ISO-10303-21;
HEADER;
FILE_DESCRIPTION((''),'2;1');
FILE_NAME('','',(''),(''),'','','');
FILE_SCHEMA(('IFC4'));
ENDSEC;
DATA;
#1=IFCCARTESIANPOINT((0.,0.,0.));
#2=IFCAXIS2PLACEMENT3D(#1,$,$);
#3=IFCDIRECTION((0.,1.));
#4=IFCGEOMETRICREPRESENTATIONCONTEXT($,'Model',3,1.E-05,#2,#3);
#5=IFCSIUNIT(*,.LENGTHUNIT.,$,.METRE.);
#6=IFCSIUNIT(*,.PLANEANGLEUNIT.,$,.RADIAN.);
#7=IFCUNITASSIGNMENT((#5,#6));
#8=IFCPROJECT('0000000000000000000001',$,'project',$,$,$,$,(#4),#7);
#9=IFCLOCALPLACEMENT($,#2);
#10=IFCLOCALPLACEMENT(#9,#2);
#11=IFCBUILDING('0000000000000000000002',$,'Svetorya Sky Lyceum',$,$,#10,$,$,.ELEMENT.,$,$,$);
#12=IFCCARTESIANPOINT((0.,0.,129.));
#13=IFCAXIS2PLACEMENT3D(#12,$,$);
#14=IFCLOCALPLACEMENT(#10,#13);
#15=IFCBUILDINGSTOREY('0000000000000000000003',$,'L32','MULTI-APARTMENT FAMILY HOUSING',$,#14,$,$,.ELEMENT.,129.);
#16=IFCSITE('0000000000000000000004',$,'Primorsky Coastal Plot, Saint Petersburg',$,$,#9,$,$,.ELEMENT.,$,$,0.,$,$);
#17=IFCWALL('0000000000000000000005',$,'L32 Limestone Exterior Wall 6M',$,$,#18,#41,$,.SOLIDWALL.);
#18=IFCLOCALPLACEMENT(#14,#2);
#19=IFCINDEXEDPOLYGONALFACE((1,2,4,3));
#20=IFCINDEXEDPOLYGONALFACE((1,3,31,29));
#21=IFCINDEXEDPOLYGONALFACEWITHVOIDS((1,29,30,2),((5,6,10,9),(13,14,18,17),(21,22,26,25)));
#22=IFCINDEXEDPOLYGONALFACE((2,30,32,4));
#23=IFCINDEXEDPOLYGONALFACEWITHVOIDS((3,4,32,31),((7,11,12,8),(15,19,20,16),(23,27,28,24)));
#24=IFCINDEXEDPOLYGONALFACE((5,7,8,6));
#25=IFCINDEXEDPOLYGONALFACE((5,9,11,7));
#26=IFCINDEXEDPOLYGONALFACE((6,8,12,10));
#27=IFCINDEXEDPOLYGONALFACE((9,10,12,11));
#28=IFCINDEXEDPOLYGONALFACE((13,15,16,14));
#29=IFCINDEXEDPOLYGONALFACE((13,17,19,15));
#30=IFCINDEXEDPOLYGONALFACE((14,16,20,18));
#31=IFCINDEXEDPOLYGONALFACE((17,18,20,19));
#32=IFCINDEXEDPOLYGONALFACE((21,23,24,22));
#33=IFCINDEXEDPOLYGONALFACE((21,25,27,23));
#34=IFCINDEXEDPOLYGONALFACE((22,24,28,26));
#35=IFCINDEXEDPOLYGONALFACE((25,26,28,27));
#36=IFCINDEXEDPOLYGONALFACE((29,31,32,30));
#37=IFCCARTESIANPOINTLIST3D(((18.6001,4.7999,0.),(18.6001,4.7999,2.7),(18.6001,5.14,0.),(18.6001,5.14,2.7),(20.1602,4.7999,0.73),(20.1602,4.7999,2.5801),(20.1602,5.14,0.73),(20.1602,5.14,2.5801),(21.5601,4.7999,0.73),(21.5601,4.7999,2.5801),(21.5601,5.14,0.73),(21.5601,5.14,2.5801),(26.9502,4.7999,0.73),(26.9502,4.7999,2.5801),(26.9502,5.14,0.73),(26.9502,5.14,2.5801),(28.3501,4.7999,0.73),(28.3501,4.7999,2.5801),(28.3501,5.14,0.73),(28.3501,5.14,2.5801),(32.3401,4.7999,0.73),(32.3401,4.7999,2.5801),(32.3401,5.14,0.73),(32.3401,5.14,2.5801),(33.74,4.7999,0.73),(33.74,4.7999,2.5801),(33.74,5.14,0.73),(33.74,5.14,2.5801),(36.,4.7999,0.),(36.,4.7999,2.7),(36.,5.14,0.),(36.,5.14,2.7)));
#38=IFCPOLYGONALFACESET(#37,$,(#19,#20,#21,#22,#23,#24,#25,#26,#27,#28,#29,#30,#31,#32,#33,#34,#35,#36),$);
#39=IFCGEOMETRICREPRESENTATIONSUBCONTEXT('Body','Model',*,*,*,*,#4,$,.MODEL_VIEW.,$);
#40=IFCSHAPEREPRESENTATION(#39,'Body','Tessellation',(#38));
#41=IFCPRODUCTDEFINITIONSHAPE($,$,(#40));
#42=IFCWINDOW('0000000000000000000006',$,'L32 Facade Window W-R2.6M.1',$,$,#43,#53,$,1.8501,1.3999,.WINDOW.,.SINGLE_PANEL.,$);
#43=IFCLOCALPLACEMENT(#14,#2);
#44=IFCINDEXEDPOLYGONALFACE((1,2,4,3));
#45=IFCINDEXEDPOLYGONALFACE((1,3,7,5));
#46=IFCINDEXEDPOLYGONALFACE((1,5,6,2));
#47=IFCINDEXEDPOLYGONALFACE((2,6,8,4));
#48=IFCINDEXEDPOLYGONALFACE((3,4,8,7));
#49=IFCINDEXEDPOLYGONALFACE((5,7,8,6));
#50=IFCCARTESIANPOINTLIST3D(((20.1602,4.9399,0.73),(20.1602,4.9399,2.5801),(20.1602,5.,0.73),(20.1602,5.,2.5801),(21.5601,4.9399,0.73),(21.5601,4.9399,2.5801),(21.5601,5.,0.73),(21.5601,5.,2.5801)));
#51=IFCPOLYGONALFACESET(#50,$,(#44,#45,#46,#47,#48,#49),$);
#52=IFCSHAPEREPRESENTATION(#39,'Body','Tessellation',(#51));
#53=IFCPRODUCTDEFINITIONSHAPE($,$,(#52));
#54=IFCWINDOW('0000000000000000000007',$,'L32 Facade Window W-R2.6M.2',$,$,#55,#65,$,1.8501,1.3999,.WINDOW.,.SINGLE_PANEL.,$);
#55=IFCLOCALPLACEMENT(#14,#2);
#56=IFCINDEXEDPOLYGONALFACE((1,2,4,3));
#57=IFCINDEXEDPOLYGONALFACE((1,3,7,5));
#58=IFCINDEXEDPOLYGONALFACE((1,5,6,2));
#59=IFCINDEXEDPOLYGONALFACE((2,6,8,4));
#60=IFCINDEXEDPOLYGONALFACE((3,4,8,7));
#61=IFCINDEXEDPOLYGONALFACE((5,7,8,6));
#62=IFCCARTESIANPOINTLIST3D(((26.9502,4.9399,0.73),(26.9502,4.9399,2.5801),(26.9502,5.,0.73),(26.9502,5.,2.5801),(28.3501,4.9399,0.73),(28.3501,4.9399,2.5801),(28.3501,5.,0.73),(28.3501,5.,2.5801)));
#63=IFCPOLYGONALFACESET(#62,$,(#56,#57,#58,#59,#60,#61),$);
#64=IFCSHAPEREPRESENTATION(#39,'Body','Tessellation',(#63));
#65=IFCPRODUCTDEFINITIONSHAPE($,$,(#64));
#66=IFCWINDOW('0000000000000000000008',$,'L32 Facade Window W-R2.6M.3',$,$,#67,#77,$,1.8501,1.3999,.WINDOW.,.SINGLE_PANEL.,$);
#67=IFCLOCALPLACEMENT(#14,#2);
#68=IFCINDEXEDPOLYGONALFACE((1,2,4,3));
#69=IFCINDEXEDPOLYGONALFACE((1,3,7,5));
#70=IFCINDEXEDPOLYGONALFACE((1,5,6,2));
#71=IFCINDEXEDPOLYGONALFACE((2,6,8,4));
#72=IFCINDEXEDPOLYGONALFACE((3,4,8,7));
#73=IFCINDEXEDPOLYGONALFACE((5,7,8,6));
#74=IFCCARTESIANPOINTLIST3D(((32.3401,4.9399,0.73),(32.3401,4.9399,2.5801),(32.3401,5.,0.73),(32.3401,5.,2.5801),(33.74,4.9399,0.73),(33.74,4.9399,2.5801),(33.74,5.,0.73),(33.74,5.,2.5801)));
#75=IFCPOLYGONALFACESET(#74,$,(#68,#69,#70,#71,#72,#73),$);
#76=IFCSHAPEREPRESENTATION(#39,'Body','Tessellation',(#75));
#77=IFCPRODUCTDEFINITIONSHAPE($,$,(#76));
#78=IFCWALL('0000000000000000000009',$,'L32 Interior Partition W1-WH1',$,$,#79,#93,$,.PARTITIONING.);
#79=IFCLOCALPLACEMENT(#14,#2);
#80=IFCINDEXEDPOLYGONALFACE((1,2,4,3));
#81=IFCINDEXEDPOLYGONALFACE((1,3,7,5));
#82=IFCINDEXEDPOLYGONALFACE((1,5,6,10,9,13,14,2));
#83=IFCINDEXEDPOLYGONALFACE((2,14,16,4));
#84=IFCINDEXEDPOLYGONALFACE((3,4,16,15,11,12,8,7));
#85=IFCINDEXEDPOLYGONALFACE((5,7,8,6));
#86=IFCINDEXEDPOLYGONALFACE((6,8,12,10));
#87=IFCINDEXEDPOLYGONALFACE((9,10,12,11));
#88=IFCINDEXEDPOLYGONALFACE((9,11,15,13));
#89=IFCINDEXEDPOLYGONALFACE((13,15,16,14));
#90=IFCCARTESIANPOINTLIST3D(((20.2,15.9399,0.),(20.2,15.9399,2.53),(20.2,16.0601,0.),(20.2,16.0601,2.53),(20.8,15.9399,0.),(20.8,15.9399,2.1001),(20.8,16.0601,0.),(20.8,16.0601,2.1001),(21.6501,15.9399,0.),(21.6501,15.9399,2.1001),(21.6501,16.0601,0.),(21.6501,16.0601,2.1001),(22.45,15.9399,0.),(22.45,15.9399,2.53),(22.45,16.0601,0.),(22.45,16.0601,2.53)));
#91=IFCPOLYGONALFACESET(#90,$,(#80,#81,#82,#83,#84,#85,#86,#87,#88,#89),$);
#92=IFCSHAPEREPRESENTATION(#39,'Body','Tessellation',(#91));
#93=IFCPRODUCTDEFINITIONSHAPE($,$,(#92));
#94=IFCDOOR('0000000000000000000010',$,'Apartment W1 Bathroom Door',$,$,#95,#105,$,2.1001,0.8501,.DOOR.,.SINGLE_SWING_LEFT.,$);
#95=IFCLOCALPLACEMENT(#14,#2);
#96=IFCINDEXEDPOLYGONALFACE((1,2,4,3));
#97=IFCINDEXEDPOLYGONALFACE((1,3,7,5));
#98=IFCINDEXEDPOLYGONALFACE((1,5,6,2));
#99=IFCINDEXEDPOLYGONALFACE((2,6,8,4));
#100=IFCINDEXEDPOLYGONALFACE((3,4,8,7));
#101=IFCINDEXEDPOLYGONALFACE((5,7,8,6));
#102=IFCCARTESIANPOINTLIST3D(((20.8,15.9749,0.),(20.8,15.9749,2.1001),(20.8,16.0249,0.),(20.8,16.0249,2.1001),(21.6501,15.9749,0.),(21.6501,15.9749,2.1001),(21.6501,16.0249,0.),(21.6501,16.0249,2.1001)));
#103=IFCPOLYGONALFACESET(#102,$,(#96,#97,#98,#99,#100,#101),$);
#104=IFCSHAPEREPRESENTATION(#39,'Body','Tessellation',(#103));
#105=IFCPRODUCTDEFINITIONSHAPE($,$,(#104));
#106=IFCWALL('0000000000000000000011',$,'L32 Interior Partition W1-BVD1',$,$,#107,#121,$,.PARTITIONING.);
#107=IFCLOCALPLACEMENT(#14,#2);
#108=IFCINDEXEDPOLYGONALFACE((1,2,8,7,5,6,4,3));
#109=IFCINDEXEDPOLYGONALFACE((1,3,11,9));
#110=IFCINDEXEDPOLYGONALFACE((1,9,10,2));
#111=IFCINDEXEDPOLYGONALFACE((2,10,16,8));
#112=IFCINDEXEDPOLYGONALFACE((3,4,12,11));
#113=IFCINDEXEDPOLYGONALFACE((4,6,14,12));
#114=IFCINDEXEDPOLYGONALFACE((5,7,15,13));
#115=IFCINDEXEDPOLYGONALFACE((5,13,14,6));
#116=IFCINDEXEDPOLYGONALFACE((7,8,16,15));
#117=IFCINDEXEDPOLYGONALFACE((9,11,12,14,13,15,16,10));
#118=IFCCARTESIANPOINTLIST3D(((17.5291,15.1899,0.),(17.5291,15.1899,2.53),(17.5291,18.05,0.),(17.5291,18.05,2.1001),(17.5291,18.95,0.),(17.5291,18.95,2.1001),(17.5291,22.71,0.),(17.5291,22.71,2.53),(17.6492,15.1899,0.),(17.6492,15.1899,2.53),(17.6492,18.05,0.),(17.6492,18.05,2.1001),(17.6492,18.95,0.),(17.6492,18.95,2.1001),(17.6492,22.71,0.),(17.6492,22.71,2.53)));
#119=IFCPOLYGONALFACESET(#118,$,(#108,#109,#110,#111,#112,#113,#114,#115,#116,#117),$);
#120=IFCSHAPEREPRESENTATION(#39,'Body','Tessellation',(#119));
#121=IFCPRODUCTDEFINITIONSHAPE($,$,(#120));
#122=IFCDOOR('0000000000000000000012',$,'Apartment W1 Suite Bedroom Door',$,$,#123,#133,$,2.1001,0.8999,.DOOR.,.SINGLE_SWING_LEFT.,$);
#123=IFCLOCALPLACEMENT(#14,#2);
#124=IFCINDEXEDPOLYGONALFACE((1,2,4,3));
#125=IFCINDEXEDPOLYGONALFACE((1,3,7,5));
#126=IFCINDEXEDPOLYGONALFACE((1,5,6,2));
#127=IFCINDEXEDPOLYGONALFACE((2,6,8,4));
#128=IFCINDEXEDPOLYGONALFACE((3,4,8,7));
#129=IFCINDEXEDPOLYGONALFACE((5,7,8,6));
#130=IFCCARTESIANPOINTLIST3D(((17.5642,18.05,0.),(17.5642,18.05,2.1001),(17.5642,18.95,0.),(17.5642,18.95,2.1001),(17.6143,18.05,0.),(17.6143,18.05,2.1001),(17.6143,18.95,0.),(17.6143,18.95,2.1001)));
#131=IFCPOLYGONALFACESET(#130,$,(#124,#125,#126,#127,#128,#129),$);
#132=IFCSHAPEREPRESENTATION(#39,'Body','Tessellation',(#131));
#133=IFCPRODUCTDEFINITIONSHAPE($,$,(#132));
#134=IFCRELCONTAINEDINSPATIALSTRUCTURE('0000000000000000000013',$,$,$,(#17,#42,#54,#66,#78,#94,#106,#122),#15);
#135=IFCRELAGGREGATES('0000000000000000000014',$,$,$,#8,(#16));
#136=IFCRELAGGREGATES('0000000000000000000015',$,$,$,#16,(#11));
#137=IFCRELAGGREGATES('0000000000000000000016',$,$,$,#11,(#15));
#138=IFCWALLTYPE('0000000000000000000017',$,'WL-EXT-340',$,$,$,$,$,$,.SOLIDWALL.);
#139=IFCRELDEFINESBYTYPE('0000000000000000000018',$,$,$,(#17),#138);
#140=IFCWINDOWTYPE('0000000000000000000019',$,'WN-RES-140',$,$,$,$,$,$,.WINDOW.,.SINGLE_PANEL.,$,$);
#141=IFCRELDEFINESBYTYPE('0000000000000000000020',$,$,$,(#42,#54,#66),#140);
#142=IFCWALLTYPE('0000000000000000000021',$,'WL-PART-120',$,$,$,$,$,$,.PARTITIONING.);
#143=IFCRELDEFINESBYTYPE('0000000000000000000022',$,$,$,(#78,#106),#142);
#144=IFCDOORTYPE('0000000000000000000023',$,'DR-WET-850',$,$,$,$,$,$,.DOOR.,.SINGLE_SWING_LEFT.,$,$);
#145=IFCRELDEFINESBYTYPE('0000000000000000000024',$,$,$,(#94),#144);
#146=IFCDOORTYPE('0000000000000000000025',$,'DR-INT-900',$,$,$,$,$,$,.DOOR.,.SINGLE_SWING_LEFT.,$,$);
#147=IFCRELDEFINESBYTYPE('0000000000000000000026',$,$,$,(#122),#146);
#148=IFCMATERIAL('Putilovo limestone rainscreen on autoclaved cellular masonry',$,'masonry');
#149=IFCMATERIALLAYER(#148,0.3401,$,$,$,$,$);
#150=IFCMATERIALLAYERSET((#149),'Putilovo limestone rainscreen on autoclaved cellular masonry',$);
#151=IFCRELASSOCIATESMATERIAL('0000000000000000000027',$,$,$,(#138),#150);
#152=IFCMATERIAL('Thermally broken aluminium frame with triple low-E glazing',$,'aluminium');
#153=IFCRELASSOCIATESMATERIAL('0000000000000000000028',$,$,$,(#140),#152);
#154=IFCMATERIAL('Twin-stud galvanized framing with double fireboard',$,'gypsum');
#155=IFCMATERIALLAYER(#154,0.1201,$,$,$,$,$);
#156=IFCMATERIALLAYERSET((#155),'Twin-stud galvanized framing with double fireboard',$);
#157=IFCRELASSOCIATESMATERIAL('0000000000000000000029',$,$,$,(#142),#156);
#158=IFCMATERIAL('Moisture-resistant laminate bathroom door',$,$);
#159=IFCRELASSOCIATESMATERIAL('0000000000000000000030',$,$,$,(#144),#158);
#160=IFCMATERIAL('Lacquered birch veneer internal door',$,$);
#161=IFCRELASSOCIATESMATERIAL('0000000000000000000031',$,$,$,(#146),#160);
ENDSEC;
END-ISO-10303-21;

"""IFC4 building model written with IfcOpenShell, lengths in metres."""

from ifc_helpers import new_model, si_unit, direction, frame, frame_2d, origin, place, context, subcontext, project, spatial, rectangle, extrude, material, layer, layer_set, type_object, element, fill, save


model = new_model("IFC4")

# Units and contexts
model_context = context("Model", 3, precision=1e-05, world=origin(), true_north=direction((0.0, 1.0)))
body_context = subcontext(model_context, "Body", "Model", "MODEL_VIEW")
ifc_project = project(units=[si_unit("LENGTHUNIT", "METRE"), si_unit("PLANEANGLEUNIT", "RADIAN")], contexts=[model_context])

# Site, building, storey
site_placement = place(None, origin())
site = spatial("IfcSite", under=ifc_project, at=site_placement, Name="Primorsky Coastal Plot, Saint Petersburg", CompositionType="ELEMENT", RefElevation=0.0)
building_placement = place(site_placement, origin())
building = spatial("IfcBuilding", under=site, at=building_placement, Name="Svetorya Sky Lyceum", CompositionType="ELEMENT")
storey_placement = place(building_placement, frame((0.0, 0.0, 129.0)))
storey = spatial("IfcBuildingStorey", under=building, at=storey_placement, Name="L32", Description="MULTI-APARTMENT FAMILY HOUSING", CompositionType="ELEMENT", Elevation=129.0)

# Shared definitions
ifc_material_1 = material(Name="Putilovo limestone rainscreen on autoclaved cellular masonry", Category="masonry")
ifc_layer_1 = layer(ifc_material_1, 0.3401)
ifc_layer_set_1 = layer_set([ifc_layer_1], Name="Putilovo limestone rainscreen on autoclaved cellular masonry")
wall_type_1 = type_object("IfcWallType", Name="WL-EXT-340", PredefinedType="SOLIDWALL", material=ifc_layer_set_1)

# Wall, openings, windows
wall_1_placement = place(storey_placement, frame((18.6001, 4.97, 0.0), z_axis=(0.0, 0.0, 1.0), x_axis=(1.0, 0.0, 0.0)))
wall_1 = element("IfcWall", 1, at=wall_1_placement, inside=storey, type_object=wall_type_1, Name="L32 Limestone Exterior Wall 6M", PredefinedType="SOLIDWALL", context=body_context, shape_type="SweptSolid", body=[
    extrude(rectangle(XDim=17.3999, YDim=0.3401, at=frame_2d((8.7, 0.0))), origin(), (0.0, 0.0, 1.0), 2.7),
])
opening_1_placement = place(wall_1_placement, frame((1.5601, 0.0, 0.73)))
opening_1 = element("IfcOpeningElement", 2, at=opening_1_placement, cuts=wall_1, PredefinedType="OPENING", context=body_context, shape_type="SweptSolid", body=[
    extrude(rectangle(XDim=1.3999, YDim=1.8501, at=frame_2d((0.7, 0.925))), frame((0.0, 0.1799, 0.0), z_axis=(0.0, -1.0, 0.0), x_axis=(1.0, 0.0, 0.0)), (0.0, 0.0, 1.0), 0.3601),
])
opening_2_placement = place(wall_1_placement, frame((8.3501, 0.0, 0.73)))
opening_2 = element("IfcOpeningElement", 3, at=opening_2_placement, cuts=wall_1, PredefinedType="OPENING", context=body_context, shape_type="SweptSolid", body=[
    extrude(rectangle(XDim=1.3999, YDim=1.8501, at=frame_2d((0.7, 0.925))), frame((0.0, 0.1799, 0.0), z_axis=(0.0, -1.0, 0.0), x_axis=(1.0, 0.0, 0.0)), (0.0, 0.0, 1.0), 0.3601),
])
opening_3_placement = place(wall_1_placement, frame((13.74, 0.0, 0.73)))
opening_3 = element("IfcOpeningElement", 4, at=opening_3_placement, cuts=wall_1, PredefinedType="OPENING", context=body_context, shape_type="SweptSolid", body=[
    extrude(rectangle(XDim=1.3999, YDim=1.8501, at=frame_2d((0.7, 0.925))), frame((0.0, 0.1799, 0.0), z_axis=(0.0, -1.0, 0.0), x_axis=(1.0, 0.0, 0.0)), (0.0, 0.0, 1.0), 0.3601),
])
ifc_material_2 = material(Name="Thermally broken aluminium frame with triple low-E glazing", Category="aluminium")
window_type = type_object("IfcWindowType", Name="WN-RES-140", PartitioningType="SINGLE_PANEL", PredefinedType="WINDOW", material=ifc_material_2)
window_1_placement = place(opening_1_placement, origin())
window_1 = element("IfcWindow", 5, at=window_1_placement, inside=storey, type_object=window_type, Name="L32 Facade Window W-R2.6M.1", OverallHeight=1.8501, OverallWidth=1.3999, PartitioningType="SINGLE_PANEL", PredefinedType="WINDOW", context=body_context, shape_type="SweptSolid", body=[
    extrude(rectangle(XDim=1.3999, YDim=1.8501, at=frame_2d((0.7, 0.925))), frame((0.0, 0.03, 0.0), z_axis=(0.0, -1.0, 0.0), x_axis=(1.0, 0.0, 0.0)), (0.0, 0.0, 1.0), 0.0601),
])
fill(opening_1, window_1)
window_2_placement = place(opening_2_placement, origin())
window_2 = element("IfcWindow", 6, at=window_2_placement, inside=storey, type_object=window_type, Name="L32 Facade Window W-R2.6M.2", OverallHeight=1.8501, OverallWidth=1.3999, PartitioningType="SINGLE_PANEL", PredefinedType="WINDOW", context=body_context, shape_type="SweptSolid", body=[
    extrude(rectangle(XDim=1.3999, YDim=1.8501, at=frame_2d((0.7, 0.925))), frame((0.0, 0.03, 0.0), z_axis=(0.0, -1.0, 0.0), x_axis=(1.0, 0.0, 0.0)), (0.0, 0.0, 1.0), 0.0601),
])
fill(opening_2, window_2)
window_3_placement = place(opening_3_placement, origin())
window_3 = element("IfcWindow", 7, at=window_3_placement, inside=storey, type_object=window_type, Name="L32 Facade Window W-R2.6M.3", OverallHeight=1.8501, OverallWidth=1.3999, PartitioningType="SINGLE_PANEL", PredefinedType="WINDOW", context=body_context, shape_type="SweptSolid", body=[
    extrude(rectangle(XDim=1.3999, YDim=1.8501, at=frame_2d((0.7, 0.925))), frame((0.0, 0.03, 0.0), z_axis=(0.0, -1.0, 0.0), x_axis=(1.0, 0.0, 0.0)), (0.0, 0.0, 1.0), 0.0601),
])
fill(opening_3, window_3)

# Walls, openings, doors
ifc_material_3 = material(Name="Twin-stud galvanized framing with double fireboard", Category="gypsum")
ifc_layer_2 = layer(ifc_material_3, 0.1201)
ifc_layer_set_2 = layer_set([ifc_layer_2], Name="Twin-stud galvanized framing with double fireboard")
wall_type_2 = type_object("IfcWallType", Name="WL-PART-120", PredefinedType="PARTITIONING", material=ifc_layer_set_2)
wall_2_placement = place(storey_placement, frame((20.2, 16.0, 0.0), z_axis=(0.0, 0.0, 1.0), x_axis=(1.0, 0.0, 0.0)))
wall_2 = element("IfcWall", 8, at=wall_2_placement, inside=storey, type_object=wall_type_2, Name="L32 Interior Partition W1-WH1", PredefinedType="PARTITIONING", context=body_context, shape_type="SweptSolid", body=[
    extrude(rectangle(XDim=2.25, YDim=0.1201, at=frame_2d((1.125, 0.0))), origin(), (0.0, 0.0, 1.0), 2.53),
])
opening_4_placement = place(wall_2_placement, frame((0.6001, 0.0, 0.0)))
opening_4 = element("IfcOpeningElement", 9, at=opening_4_placement, cuts=wall_2, PredefinedType="OPENING", context=body_context, shape_type="SweptSolid", body=[
    extrude(rectangle(XDim=0.8501, YDim=2.1001, at=frame_2d((0.425, 1.05))), frame((0.0, 0.0701, 0.0), z_axis=(0.0, -1.0, 0.0), x_axis=(1.0, 0.0, 0.0)), (0.0, 0.0, 1.0), 0.1401),
])
ifc_material_4 = material(Name="Moisture-resistant laminate bathroom door")
door_type_1 = type_object("IfcDoorType", Name="DR-WET-850", OperationType="SINGLE_SWING_LEFT", PredefinedType="DOOR", material=ifc_material_4)
door_1_placement = place(opening_4_placement, origin())
door_1 = element("IfcDoor", 10, at=door_1_placement, inside=storey, type_object=door_type_1, Name="Apartment W1 Bathroom Door", OperationType="SINGLE_SWING_LEFT", OverallHeight=2.1001, OverallWidth=0.8501, PredefinedType="DOOR", context=body_context, shape_type="SweptSolid", body=[
    extrude(rectangle(XDim=0.8501, YDim=2.1001, at=frame_2d((0.425, 1.05))), frame((0.0, 0.0249, 0.0), z_axis=(0.0, -1.0, 0.0), x_axis=(1.0, 0.0, 0.0)), (0.0, 0.0, 1.0), 0.05),
])
fill(opening_4, door_1)
wall_3_placement = place(storey_placement, frame((17.5891, 15.1899, 0.0), z_axis=(0.0, 0.0, 1.0), x_axis=(0.0, 1.0, 0.0)))
wall_3 = element("IfcWall", 11, at=wall_3_placement, inside=storey, type_object=wall_type_2, Name="L32 Interior Partition W1-BVD1", PredefinedType="PARTITIONING", context=body_context, shape_type="SweptSolid", body=[
    extrude(rectangle(XDim=7.52, YDim=0.1201, at=frame_2d((3.76, 0.0))), origin(), (0.0, 0.0, 1.0), 2.53),
])
opening_5_placement = place(wall_3_placement, frame((2.8601, 0.0, 0.0)))
opening_5 = element("IfcOpeningElement", 12, at=opening_5_placement, cuts=wall_3, PredefinedType="OPENING", context=body_context, shape_type="SweptSolid", body=[
    extrude(rectangle(XDim=0.8999, YDim=2.1001, at=frame_2d((0.45, 1.05))), frame((0.0, 0.0701, 0.0), z_axis=(0.0, -1.0, 0.0), x_axis=(1.0, 0.0, 0.0)), (0.0, 0.0, 1.0), 0.1401),
])
ifc_material_5 = material(Name="Lacquered birch veneer internal door")
door_type_2 = type_object("IfcDoorType", Name="DR-INT-900", OperationType="SINGLE_SWING_LEFT", PredefinedType="DOOR", material=ifc_material_5)
door_2_placement = place(opening_5_placement, origin())
door_2 = element("IfcDoor", 13, at=door_2_placement, inside=storey, type_object=door_type_2, Name="Apartment W1 Suite Bedroom Door", OperationType="SINGLE_SWING_LEFT", OverallHeight=2.1001, OverallWidth=0.8999, PredefinedType="DOOR", context=body_context, shape_type="SweptSolid", body=[
    extrude(rectangle(XDim=0.8999, YDim=2.1001, at=frame_2d((0.45, 1.05))), frame((0.0, 0.0249, 0.0), z_axis=(0.0, -1.0, 0.0), x_axis=(1.0, 0.0, 0.0)), (0.0, 0.0, 1.0), 0.05),
])
fill(opening_5, door_2)

save(model, "model.ifc")
